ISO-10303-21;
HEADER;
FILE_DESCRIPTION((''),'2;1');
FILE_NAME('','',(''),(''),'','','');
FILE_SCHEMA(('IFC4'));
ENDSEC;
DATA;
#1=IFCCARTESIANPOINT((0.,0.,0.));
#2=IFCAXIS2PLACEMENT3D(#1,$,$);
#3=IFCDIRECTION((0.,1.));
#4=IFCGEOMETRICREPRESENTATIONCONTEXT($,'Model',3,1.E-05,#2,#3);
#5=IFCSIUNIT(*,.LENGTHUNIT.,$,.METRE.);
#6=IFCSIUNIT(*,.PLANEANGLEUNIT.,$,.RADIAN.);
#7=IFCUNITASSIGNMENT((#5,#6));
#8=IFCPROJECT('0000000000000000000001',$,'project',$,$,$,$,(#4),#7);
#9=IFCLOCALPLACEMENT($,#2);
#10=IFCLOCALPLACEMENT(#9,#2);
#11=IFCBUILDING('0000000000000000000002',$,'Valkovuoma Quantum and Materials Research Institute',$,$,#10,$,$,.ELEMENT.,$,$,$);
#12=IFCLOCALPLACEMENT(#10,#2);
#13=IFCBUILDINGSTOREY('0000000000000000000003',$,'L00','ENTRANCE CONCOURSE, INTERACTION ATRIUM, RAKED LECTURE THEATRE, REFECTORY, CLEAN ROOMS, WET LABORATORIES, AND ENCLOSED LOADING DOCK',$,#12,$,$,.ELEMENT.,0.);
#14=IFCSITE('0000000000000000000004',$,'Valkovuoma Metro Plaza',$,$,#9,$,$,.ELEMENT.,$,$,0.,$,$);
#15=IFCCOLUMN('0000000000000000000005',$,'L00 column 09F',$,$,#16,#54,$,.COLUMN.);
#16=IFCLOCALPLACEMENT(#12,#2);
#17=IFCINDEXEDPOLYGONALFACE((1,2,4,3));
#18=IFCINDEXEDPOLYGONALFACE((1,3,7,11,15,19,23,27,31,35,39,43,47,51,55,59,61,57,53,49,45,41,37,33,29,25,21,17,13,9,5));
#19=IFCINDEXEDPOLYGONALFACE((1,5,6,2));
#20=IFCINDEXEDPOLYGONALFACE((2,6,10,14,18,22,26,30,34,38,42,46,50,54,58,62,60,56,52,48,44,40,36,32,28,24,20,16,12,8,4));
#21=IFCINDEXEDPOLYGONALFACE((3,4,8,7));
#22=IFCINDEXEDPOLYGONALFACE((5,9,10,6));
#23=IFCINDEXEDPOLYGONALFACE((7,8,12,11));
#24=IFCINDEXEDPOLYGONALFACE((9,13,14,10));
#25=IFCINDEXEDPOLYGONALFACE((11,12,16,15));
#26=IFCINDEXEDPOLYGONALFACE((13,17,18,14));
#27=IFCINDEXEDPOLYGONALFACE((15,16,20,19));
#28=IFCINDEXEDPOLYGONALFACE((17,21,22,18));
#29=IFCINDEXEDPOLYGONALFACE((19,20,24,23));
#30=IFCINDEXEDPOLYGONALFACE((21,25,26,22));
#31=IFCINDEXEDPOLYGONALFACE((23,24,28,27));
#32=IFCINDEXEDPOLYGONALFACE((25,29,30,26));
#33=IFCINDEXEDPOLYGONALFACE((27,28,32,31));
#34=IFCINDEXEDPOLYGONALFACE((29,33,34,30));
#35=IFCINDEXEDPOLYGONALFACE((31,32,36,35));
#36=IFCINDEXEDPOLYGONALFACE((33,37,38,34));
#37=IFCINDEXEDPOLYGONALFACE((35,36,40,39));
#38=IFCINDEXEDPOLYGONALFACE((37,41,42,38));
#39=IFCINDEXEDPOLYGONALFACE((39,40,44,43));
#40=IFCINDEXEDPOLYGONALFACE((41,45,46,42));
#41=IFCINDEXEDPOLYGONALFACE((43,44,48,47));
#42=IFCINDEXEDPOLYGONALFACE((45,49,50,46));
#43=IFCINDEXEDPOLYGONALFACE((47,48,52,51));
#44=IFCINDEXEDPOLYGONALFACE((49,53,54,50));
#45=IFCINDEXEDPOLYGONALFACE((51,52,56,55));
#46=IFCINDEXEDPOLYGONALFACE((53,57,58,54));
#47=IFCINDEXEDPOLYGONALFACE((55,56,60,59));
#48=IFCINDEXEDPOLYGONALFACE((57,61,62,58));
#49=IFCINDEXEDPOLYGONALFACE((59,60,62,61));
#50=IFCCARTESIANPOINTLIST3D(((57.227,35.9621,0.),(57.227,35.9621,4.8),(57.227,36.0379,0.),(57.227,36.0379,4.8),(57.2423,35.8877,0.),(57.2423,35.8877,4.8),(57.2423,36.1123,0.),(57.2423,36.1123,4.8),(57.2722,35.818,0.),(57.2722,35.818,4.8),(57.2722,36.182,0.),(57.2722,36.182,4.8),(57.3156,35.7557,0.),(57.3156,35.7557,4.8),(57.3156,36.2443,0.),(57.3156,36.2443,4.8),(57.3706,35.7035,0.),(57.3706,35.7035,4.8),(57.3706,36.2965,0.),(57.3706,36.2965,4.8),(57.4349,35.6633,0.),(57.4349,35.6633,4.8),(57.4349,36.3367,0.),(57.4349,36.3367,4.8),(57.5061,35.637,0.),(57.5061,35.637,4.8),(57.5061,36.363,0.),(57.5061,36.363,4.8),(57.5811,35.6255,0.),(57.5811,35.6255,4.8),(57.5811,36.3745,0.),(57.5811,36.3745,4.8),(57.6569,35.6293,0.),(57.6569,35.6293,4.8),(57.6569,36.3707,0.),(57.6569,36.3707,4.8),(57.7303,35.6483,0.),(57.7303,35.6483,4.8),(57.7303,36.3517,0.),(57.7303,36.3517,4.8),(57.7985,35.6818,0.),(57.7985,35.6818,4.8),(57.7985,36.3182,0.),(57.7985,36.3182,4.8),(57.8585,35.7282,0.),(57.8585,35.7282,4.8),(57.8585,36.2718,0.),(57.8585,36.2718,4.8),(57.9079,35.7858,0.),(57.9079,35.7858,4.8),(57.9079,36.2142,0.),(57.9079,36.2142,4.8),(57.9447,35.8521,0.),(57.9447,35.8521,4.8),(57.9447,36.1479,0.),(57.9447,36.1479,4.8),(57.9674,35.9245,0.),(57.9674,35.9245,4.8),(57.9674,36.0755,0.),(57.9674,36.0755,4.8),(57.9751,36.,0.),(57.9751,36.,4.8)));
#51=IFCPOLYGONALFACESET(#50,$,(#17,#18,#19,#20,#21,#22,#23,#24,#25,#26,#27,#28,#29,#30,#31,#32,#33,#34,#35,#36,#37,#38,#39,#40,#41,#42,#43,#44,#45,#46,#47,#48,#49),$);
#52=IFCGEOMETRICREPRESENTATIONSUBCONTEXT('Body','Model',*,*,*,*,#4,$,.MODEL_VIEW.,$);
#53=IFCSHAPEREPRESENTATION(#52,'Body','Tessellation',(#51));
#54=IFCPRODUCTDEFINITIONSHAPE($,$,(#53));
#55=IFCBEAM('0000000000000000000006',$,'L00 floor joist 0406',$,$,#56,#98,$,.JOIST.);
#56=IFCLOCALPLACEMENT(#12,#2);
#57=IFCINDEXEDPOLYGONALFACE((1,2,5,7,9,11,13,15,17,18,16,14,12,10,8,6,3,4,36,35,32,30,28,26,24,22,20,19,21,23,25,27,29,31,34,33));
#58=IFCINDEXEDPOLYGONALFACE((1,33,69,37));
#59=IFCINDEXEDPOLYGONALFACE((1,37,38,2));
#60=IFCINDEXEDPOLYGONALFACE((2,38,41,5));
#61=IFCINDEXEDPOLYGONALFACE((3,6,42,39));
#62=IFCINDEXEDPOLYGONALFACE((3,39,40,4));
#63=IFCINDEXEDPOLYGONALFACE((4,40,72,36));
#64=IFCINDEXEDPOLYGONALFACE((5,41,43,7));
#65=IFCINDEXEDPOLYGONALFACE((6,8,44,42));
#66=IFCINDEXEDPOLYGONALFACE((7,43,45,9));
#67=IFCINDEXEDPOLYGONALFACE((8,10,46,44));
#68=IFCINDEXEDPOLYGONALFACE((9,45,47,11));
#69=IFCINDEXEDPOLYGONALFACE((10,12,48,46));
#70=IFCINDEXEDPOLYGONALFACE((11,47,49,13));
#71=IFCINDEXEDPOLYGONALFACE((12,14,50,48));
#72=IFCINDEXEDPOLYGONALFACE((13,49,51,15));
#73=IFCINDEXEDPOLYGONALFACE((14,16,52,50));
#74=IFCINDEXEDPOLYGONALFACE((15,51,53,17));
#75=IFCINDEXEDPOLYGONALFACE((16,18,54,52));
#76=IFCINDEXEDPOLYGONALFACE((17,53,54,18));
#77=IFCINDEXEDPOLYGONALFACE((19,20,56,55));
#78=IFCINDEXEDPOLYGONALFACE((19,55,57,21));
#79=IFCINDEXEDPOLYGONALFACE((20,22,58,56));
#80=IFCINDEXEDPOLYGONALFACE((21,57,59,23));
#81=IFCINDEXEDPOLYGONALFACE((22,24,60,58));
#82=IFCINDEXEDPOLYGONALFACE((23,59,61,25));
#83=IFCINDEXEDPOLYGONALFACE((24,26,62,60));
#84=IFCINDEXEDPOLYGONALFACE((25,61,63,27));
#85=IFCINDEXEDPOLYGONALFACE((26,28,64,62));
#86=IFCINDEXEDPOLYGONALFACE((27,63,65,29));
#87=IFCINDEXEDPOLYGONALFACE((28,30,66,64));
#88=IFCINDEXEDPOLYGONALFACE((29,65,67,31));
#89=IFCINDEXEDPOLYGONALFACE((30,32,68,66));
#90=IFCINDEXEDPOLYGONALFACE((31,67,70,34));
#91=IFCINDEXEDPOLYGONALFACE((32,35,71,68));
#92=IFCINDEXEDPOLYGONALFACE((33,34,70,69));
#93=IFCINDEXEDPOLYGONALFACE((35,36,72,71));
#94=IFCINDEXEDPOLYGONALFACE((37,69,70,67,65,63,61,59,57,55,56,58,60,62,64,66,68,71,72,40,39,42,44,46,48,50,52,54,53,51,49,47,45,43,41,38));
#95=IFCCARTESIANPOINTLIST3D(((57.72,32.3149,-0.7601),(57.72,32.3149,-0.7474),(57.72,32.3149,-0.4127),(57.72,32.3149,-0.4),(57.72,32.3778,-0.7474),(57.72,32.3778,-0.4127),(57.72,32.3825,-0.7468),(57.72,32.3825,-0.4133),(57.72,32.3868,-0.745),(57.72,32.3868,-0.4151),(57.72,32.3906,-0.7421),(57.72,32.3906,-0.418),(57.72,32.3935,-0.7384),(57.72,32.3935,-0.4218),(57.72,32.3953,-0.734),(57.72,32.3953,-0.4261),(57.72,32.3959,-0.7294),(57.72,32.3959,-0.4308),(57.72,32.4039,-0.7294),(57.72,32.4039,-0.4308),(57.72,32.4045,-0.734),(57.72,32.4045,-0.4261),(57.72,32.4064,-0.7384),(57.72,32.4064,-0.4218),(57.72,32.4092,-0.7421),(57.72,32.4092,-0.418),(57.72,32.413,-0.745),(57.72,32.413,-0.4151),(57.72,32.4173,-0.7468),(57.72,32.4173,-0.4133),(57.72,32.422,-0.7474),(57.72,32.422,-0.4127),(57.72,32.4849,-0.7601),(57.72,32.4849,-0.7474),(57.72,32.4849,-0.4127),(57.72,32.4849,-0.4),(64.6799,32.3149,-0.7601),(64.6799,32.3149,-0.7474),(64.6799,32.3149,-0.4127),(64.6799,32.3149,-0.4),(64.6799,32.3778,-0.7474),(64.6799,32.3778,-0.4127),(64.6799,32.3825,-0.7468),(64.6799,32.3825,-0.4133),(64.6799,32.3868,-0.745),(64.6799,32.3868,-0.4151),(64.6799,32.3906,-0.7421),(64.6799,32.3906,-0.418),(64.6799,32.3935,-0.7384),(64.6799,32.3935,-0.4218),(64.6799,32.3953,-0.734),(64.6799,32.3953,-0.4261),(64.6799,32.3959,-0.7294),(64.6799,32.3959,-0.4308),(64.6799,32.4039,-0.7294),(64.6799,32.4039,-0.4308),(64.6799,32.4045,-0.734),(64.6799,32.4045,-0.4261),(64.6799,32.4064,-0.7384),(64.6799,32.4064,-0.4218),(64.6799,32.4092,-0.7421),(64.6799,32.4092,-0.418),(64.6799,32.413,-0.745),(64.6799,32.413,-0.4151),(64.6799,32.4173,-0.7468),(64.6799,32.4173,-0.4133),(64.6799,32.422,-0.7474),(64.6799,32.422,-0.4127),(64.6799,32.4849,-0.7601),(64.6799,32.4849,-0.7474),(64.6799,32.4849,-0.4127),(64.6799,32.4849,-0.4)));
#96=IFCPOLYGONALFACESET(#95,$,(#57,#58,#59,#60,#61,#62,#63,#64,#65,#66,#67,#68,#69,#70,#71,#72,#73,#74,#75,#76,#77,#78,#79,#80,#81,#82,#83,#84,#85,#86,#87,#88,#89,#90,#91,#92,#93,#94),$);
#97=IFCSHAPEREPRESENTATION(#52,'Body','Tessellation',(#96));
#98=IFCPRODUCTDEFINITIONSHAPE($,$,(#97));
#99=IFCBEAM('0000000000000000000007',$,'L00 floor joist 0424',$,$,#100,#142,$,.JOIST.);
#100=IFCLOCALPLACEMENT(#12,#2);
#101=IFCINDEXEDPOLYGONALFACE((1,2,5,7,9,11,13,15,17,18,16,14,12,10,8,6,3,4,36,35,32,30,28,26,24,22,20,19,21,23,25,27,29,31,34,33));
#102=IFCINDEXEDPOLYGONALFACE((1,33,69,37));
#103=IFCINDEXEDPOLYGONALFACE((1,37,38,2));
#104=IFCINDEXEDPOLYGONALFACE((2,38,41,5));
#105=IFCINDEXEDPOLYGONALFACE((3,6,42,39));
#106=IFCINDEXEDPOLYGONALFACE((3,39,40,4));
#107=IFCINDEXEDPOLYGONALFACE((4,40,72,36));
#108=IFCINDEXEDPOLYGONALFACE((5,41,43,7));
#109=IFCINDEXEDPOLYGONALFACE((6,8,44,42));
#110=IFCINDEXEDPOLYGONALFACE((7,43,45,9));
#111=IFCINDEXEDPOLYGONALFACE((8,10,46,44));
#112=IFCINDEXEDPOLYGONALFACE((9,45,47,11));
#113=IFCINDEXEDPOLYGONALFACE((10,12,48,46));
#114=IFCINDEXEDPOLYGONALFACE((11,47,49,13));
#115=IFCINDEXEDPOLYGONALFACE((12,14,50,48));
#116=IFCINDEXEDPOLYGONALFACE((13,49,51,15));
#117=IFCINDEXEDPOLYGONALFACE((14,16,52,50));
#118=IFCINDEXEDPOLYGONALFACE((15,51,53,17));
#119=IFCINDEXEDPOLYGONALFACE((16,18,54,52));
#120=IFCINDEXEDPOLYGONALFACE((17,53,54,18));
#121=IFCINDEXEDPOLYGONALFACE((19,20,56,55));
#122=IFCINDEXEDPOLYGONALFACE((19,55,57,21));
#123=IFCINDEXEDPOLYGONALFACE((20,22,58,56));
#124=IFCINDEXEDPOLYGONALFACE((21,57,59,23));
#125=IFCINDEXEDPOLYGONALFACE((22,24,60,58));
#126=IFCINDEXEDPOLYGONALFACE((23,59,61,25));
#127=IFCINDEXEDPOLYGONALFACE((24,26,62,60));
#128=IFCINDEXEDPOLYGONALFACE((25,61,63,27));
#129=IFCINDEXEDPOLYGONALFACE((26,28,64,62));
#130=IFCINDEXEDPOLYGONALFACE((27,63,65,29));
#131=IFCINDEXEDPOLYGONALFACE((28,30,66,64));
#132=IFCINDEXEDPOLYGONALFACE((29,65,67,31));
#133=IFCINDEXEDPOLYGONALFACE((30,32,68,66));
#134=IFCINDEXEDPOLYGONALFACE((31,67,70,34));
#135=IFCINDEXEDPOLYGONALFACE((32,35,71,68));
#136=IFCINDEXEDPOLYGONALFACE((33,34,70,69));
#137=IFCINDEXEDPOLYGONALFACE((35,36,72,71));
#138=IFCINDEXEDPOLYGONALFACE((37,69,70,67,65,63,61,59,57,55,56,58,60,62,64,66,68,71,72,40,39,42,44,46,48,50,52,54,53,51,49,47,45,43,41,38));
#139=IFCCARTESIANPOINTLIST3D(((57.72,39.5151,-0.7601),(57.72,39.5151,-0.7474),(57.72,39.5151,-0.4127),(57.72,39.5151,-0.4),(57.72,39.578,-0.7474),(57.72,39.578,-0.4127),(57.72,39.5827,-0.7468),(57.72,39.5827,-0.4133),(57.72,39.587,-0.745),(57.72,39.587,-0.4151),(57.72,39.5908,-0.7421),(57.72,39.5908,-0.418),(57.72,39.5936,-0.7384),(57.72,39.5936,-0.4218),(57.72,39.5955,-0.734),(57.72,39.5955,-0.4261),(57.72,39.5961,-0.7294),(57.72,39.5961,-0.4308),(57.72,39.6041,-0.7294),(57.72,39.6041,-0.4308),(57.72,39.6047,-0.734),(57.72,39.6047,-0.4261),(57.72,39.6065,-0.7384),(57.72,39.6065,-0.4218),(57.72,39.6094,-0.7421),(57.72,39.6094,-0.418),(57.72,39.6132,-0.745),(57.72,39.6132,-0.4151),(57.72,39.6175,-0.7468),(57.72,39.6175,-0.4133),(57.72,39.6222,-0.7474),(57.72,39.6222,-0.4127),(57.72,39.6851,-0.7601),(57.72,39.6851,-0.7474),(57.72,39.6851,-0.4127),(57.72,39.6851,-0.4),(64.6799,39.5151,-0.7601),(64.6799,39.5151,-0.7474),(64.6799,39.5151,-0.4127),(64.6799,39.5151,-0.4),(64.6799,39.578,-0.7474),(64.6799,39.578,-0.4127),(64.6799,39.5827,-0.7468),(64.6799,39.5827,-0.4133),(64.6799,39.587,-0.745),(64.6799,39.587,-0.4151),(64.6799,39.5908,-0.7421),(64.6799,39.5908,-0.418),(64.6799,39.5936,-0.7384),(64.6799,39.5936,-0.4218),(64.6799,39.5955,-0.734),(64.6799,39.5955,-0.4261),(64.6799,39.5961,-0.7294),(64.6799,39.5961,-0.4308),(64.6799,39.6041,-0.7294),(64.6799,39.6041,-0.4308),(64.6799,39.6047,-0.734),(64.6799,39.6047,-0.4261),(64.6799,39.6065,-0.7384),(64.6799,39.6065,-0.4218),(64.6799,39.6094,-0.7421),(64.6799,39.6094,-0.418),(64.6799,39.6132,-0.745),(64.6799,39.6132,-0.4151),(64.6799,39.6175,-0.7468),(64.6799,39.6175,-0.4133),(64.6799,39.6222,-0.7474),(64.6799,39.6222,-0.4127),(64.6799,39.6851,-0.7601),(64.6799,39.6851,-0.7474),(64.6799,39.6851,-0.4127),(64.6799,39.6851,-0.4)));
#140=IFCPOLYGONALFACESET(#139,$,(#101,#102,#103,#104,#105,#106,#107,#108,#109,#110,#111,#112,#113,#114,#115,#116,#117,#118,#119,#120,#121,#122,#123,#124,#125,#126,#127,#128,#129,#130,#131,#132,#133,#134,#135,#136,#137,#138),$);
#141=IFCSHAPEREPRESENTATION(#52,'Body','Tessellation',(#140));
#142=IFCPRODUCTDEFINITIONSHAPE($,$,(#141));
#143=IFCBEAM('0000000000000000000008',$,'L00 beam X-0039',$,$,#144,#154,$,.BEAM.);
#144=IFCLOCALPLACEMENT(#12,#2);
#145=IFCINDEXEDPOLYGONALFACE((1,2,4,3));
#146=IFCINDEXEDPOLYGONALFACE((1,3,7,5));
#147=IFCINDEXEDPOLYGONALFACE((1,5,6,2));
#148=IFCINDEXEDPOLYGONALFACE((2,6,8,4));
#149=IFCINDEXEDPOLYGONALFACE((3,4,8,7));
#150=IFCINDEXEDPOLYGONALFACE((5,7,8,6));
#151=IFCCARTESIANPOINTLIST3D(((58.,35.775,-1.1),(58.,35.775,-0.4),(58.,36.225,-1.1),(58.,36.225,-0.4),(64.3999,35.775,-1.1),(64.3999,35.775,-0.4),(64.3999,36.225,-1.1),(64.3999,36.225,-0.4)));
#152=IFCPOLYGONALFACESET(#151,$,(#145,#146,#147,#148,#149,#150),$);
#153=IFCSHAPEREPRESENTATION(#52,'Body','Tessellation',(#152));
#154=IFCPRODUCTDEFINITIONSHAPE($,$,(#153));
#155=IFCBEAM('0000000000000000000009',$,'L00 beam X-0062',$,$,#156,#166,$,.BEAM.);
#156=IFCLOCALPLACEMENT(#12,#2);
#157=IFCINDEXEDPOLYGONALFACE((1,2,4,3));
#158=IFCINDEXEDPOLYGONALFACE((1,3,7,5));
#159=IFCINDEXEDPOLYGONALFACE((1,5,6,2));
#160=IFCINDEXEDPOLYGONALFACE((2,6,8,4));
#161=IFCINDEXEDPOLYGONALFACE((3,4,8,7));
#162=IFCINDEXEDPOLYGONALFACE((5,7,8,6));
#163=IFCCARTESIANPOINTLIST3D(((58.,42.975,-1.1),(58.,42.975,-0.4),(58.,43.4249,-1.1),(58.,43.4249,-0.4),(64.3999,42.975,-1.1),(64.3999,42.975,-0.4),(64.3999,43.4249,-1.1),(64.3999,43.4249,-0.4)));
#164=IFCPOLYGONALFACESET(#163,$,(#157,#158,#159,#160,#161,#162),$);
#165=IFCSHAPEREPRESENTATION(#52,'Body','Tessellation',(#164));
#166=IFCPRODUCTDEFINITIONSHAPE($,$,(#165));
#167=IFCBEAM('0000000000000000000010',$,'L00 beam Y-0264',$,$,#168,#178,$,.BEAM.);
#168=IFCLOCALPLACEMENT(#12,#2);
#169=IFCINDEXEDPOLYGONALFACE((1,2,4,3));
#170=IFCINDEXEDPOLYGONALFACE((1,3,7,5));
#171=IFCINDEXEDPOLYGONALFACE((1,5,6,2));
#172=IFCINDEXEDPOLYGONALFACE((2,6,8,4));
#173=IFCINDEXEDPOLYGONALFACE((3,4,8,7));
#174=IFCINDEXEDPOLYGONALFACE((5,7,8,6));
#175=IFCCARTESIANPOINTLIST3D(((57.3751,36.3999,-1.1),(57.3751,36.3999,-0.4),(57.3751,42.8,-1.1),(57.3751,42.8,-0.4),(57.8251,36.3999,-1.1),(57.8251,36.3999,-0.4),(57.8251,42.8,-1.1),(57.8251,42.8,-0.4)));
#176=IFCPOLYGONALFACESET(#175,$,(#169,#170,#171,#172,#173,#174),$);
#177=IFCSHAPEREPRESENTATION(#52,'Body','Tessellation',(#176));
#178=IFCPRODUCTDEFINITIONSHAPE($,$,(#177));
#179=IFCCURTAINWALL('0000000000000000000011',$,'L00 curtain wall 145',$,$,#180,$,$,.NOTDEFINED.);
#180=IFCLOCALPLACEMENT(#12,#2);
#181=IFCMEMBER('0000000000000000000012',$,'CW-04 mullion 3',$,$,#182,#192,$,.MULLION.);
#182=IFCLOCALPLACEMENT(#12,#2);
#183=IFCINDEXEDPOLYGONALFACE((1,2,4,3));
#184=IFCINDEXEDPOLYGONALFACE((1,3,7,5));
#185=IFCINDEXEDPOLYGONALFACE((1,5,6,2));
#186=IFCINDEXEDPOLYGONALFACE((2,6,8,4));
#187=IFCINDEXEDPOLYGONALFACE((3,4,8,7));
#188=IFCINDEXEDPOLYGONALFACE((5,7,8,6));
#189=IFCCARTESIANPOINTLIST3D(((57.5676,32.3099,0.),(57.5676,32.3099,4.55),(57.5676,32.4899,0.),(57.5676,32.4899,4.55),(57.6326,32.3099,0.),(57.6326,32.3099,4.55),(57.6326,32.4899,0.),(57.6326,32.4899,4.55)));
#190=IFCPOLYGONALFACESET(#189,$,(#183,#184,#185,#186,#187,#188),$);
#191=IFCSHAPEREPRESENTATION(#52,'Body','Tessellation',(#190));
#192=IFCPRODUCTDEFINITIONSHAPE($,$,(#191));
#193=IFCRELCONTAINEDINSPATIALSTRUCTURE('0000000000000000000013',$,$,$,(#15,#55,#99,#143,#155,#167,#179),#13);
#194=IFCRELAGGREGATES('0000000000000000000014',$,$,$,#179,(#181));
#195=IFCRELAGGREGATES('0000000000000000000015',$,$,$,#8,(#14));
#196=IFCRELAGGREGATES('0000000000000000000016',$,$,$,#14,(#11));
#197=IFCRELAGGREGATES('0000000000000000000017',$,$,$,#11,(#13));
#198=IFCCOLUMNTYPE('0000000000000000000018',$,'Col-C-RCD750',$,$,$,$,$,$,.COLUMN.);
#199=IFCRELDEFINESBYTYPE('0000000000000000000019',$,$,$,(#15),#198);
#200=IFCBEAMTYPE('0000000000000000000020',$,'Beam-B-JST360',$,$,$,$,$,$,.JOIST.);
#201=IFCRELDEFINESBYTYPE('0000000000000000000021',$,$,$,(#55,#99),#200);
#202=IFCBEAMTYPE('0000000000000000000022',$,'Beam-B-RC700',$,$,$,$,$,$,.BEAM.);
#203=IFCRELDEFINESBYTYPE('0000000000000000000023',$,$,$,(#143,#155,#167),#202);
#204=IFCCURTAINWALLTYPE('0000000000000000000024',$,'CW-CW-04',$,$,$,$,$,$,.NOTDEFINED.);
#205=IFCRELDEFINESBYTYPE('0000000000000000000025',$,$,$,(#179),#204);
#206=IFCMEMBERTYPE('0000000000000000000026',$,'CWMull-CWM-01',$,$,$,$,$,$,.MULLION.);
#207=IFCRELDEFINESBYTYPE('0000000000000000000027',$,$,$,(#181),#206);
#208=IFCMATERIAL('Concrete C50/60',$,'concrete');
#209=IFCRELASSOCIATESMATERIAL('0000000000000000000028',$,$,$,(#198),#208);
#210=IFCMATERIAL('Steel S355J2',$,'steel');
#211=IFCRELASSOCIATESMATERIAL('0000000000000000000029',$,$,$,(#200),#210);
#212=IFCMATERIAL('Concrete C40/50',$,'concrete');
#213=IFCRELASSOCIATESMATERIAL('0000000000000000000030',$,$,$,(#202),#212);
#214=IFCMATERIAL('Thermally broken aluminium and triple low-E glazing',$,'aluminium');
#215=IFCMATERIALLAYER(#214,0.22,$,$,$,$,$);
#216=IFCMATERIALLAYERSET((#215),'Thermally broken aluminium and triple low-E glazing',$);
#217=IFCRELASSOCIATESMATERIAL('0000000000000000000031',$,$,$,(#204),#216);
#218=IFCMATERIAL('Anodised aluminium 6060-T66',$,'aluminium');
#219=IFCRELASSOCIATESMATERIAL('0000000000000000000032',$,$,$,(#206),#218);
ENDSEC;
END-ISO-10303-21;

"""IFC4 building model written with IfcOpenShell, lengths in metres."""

from ifc_helpers import new_model, si_unit, direction, frame, origin, origin_2d, place, context, subcontext, project, spatial, rectangle, circle, i_section, extrude, material, layer, layer_set, material_profile, profile_set, type_object, element, aggregate, save


model = new_model("IFC4")

# Units and contexts
model_context = context("Model", 3, precision=1e-05, world=origin(), true_north=direction((0.0, 1.0)))
body_context = subcontext(model_context, "Body", "Model", "MODEL_VIEW")
ifc_project = project(units=[si_unit("LENGTHUNIT", "METRE"), si_unit("PLANEANGLEUNIT", "RADIAN")], contexts=[model_context])

# Site, building, storey
site_placement = place(None, origin())
site = spatial("IfcSite", under=ifc_project, at=site_placement, Name="Valkovuoma Metro Plaza", CompositionType="ELEMENT", RefElevation=0.0)
building_placement = place(site_placement, origin())
building = spatial("IfcBuilding", under=site, at=building_placement, Name="Valkovuoma Quantum and Materials Research Institute", CompositionType="ELEMENT")
storey_placement = place(building_placement, origin())
storey = spatial("IfcBuildingStorey", under=building, at=storey_placement, Name="L00", Description="ENTRANCE CONCOURSE, INTERACTION ATRIUM, RAKED LECTURE THEATRE, REFECTORY, CLEAN ROOMS, WET LABORATORIES, AND ENCLOSED LOADING DOCK", CompositionType="ELEMENT", Elevation=0.0)

# Column
ifc_material_1 = material(Name="Concrete C50/60", Category="concrete")
ifc_material_profile_1 = material_profile(ifc_material_1, circle(Radius=0.375, at=origin_2d()), Name="Concrete C50/60")
ifc_profile_set_1 = profile_set([ifc_material_profile_1], Name="Concrete C50/60")
column_type = type_object("IfcColumnType", Name="Col-C-RCD750", PredefinedType="COLUMN", material=ifc_profile_set_1)
column_placement = place(storey_placement, frame((57.6001, 36.0, 0.0), z_axis=(0.0, 0.0, 1.0), x_axis=(1.0, 0.0, 0.0)))
element("IfcColumn", 1, at=column_placement, inside=storey, type_object=column_type, Name="L00 column 09F", PredefinedType="COLUMN", context=body_context, shape_type="SweptSolid", body=[
    extrude(circle(Radius=0.375, at=origin_2d()), origin(), (0.0, 0.0, 1.0), 4.8),
])

# Beams
ifc_material_2 = material(Name="Steel S355J2", Category="steel")
ifc_material_profile_2 = material_profile(ifc_material_2, i_section(OverallWidth=0.1699, OverallDepth=0.3601, WebThickness=0.0081, FlangeThickness=0.0127, FilletRadius=0.0181, at=origin_2d()), Name="Steel S355J2")
ifc_profile_set_2 = profile_set([ifc_material_profile_2], Name="Steel S355J2")
beam_type_1 = type_object("IfcBeamType", Name="Beam-B-JST360", PredefinedType="JOIST", material=ifc_profile_set_2)
for number, where, z_axis, x_axis, name in (
    (2, (57.72, 32.3999, -0.5801), (1.0, 0.0, 0.0), (0.0, 1.0, 0.0), "L00 floor joist 0406"),
    (3, (57.72, 39.6001, -0.5801), (1.0, 0.0, 0.0), (0.0, 1.0, 0.0), "L00 floor joist 0424"),
):
    element("IfcBeam", number, at=place(storey_placement, frame(where, z_axis=z_axis, x_axis=x_axis)), inside=storey, type_object=beam_type_1, Name=name, PredefinedType="JOIST", context=body_context, shape_type="SweptSolid", body=[
        extrude(i_section(OverallWidth=0.1699, OverallDepth=0.3601, WebThickness=0.0081, FlangeThickness=0.0127, FilletRadius=0.0181, at=origin_2d()), origin(), (0.0, 0.0, 1.0), 6.96),
    ])
ifc_material_3 = material(Name="Concrete C40/50", Category="concrete")
ifc_material_profile_3 = material_profile(ifc_material_3, rectangle(XDim=0.45, YDim=0.7, at=origin_2d()), Name="Concrete C40/50")
ifc_profile_set_3 = profile_set([ifc_material_profile_3], Name="Concrete C40/50")
beam_type_2 = type_object("IfcBeamType", Name="Beam-B-RC700", PredefinedType="BEAM", material=ifc_profile_set_3)
for number, where, z_axis, x_axis, name in (
    (4, (58.0, 36.0, -0.75), (1.0, 0.0, 0.0), (0.0, 1.0, 0.0), "L00 beam X-0039"),
    (5, (58.0, 43.2, -0.75), (1.0, 0.0, 0.0), (0.0, 1.0, 0.0), "L00 beam X-0062"),
):
    element("IfcBeam", number, at=place(storey_placement, frame(where, z_axis=z_axis, x_axis=x_axis)), inside=storey, type_object=beam_type_2, Name=name, PredefinedType="BEAM", context=body_context, shape_type="SweptSolid", body=[
        extrude(rectangle(XDim=0.45, YDim=0.7, at=origin_2d()), origin(), (0.0, 0.0, 1.0), 6.3999),
    ])
beam_placement = place(storey_placement, frame((57.6001, 36.3999, -0.75), z_axis=(0.0, 1.0, 0.0), x_axis=(-1.0, 0.0, 0.0)))
element("IfcBeam", 6, at=beam_placement, inside=storey, type_object=beam_type_2, Name="L00 beam Y-0264", PredefinedType="BEAM", context=body_context, shape_type="SweptSolid", body=[
    extrude(rectangle(XDim=0.45, YDim=0.7, at=origin_2d()), origin(), (0.0, 0.0, 1.0), 6.4001),
])

# Curtain wall, member
ifc_material_4 = material(Name="Thermally broken aluminium and triple low-E glazing", Category="aluminium")
ifc_layer_1 = layer(ifc_material_4, 0.22)
ifc_layer_set_1 = layer_set([ifc_layer_1], Name="Thermally broken aluminium and triple low-E glazing")
curtain_wall_type_1 = type_object("IfcCurtainWallType", Name="CW-CW-04", PredefinedType="NOTDEFINED", material=ifc_layer_set_1)
curtain_wall_1_placement = place(storey_placement, origin())
curtain_wall_1 = element("IfcCurtainWall", 7, at=curtain_wall_1_placement, inside=storey, type_object=curtain_wall_type_1, Name="L00 curtain wall 145", PredefinedType="NOTDEFINED")
ifc_material_5 = material(Name="Anodised aluminium 6060-T66", Category="aluminium")
ifc_material_profile_4 = material_profile(ifc_material_5, rectangle(XDim=0.0649, YDim=0.1799, at=origin_2d()), Name="Anodised aluminium 6060-T66")
ifc_profile_set_4 = profile_set([ifc_material_profile_4], Name="Anodised aluminium 6060-T66")
member_type_1 = type_object("IfcMemberType", Name="CWMull-CWM-01", PredefinedType="MULLION", material=ifc_profile_set_4)
member_1_placement = place(storey_placement, frame((57.6001, 32.3999, 0.0), z_axis=(0.0, 0.0, 1.0), x_axis=(-1.0, 0.0, 0.0)))
member_1 = element("IfcMember", 8, at=member_1_placement, type_object=member_type_1, Name="CW-04 mullion 3", PredefinedType="MULLION", context=body_context, shape_type="SweptSolid", body=[
    extrude(rectangle(XDim=0.0649, YDim=0.1799, at=origin_2d()), origin(), (0.0, 0.0, 1.0), 4.55),
])

aggregate(curtain_wall_1, [member_1])

save(model, "model.ifc")
